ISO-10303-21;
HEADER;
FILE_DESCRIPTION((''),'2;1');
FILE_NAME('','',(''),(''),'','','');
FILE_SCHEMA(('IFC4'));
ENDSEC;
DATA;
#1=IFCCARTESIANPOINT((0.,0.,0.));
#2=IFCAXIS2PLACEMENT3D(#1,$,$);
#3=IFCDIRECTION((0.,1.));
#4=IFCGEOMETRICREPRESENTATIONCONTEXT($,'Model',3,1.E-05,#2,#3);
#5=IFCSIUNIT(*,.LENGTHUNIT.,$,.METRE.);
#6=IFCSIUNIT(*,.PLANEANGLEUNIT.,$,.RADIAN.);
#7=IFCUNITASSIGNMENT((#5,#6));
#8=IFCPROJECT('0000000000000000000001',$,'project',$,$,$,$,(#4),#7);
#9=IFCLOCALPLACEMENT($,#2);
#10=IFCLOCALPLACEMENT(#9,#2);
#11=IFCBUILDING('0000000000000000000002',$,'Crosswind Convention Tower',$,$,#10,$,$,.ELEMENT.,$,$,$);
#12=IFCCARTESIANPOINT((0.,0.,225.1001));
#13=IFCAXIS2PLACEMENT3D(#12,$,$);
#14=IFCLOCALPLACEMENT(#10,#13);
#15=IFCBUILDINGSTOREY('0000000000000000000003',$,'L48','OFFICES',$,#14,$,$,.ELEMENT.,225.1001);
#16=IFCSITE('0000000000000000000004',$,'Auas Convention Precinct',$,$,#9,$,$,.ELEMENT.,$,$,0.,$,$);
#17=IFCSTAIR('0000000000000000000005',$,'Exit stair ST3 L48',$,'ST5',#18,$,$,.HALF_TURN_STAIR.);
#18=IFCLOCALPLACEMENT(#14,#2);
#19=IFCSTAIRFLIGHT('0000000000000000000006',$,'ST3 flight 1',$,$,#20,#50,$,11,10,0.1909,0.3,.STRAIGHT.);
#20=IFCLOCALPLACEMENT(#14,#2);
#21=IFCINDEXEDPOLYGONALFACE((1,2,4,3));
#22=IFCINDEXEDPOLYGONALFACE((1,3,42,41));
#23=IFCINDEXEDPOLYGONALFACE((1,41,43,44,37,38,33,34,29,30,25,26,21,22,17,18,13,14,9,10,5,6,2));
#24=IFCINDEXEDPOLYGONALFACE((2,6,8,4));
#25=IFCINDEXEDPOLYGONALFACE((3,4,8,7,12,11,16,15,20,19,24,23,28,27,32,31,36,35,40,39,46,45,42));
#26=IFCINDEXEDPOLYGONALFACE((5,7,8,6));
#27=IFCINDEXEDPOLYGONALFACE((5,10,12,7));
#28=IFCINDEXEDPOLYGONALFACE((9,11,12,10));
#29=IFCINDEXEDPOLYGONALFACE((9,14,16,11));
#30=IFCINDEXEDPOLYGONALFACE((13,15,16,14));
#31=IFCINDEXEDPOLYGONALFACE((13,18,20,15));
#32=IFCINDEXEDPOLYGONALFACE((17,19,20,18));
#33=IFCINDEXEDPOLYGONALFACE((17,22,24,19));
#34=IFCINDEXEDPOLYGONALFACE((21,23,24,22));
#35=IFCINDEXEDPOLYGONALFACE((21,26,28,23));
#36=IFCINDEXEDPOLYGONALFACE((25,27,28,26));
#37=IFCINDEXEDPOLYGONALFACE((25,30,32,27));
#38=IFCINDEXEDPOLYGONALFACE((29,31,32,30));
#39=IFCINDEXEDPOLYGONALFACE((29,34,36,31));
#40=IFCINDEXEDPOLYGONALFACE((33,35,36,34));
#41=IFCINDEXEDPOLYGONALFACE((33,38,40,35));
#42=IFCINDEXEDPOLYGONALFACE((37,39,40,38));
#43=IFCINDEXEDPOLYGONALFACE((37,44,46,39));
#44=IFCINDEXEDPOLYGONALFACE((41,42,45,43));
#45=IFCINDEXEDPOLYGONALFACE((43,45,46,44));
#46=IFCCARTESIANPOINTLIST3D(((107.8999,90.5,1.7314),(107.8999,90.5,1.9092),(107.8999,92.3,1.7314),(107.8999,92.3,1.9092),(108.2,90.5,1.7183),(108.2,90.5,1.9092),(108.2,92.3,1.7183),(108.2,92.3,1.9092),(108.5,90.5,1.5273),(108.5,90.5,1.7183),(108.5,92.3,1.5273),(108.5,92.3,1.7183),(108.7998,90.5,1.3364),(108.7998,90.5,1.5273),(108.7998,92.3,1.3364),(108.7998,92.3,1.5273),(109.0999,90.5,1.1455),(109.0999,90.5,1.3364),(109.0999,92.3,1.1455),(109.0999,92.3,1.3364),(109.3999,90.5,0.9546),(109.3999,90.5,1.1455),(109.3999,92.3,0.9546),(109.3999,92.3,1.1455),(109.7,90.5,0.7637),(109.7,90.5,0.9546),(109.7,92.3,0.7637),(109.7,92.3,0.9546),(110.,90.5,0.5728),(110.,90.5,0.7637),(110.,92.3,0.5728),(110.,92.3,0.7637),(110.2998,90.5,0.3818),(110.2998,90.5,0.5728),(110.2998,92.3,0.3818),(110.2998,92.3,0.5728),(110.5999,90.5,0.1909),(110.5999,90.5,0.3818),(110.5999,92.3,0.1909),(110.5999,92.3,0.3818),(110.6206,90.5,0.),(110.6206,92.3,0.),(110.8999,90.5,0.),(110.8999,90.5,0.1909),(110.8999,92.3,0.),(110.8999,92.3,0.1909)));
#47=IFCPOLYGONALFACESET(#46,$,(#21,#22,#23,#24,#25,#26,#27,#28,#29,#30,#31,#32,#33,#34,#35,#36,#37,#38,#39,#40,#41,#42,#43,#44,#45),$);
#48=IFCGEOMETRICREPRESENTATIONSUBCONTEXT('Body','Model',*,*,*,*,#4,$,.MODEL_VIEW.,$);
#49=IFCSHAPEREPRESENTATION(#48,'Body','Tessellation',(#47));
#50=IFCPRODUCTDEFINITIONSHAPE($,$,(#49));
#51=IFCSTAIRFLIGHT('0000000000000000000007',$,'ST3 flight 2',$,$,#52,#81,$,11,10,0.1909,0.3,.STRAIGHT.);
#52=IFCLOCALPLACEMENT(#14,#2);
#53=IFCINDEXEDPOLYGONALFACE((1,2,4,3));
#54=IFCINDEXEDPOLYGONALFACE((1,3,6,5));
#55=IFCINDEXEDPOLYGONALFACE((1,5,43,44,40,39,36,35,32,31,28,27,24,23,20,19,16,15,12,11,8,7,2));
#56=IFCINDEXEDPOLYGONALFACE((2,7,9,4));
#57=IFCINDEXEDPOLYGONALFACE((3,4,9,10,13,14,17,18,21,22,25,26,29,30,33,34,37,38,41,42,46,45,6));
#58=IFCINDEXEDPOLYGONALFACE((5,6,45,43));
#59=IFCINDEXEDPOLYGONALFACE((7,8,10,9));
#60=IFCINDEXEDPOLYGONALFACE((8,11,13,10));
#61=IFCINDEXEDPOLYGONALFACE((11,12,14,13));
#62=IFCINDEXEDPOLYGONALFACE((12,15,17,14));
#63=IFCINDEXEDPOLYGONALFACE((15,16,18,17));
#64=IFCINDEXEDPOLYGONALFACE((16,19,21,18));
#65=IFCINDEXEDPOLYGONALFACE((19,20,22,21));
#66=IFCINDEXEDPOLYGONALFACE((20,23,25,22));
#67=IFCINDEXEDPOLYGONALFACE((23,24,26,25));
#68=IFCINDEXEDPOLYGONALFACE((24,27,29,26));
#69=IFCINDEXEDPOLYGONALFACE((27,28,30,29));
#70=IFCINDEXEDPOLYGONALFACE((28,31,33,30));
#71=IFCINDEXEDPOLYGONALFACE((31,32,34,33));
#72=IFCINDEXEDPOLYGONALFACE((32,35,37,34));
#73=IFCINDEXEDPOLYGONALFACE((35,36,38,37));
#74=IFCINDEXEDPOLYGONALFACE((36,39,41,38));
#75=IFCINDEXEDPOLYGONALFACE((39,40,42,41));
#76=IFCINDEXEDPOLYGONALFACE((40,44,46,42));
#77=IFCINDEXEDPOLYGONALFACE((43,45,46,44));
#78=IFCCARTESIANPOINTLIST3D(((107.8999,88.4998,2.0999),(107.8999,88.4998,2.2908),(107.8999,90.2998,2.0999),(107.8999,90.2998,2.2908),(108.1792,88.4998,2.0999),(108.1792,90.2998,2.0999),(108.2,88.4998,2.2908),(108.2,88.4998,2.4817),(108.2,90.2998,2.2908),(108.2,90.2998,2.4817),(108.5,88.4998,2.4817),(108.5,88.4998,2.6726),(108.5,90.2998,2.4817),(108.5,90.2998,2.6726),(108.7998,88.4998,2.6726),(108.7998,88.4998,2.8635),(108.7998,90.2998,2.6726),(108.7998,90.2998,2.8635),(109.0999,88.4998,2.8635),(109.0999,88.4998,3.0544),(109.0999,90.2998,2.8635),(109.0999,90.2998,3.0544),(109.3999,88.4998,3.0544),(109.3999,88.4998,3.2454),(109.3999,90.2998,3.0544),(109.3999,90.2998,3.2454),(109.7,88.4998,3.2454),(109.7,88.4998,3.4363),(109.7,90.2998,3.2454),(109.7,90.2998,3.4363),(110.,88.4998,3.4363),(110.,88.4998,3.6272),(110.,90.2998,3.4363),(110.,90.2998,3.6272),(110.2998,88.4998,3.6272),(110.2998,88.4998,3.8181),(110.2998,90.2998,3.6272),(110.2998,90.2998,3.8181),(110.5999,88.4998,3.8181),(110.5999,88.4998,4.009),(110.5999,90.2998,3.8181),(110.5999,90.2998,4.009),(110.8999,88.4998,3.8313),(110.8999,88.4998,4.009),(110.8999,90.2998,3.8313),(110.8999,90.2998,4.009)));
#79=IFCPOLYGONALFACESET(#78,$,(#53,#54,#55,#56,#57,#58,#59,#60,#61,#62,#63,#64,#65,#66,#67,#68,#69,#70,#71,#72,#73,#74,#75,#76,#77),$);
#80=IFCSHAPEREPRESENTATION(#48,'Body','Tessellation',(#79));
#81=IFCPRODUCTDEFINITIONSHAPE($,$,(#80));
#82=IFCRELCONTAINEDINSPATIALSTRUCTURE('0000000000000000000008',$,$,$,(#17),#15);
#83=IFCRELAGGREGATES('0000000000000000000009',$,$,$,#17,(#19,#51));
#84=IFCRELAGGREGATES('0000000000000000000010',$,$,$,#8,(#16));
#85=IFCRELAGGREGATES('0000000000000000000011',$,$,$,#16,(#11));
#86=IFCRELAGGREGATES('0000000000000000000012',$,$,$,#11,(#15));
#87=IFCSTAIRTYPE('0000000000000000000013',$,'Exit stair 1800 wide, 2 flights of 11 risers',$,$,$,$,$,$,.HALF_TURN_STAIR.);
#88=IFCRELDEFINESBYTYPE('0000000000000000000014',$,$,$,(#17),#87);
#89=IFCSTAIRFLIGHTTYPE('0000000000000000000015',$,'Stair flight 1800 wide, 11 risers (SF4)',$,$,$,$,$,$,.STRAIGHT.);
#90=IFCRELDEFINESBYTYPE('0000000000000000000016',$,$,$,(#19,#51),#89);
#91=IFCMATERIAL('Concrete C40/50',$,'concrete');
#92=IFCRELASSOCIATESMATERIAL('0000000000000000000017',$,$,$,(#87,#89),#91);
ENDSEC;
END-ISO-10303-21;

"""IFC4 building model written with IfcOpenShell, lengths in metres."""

from ifc_helpers import new_model, si_unit, direction, frame, origin, place, context, subcontext, project, spatial, polyline, outline, extrude, material, type_object, element, aggregate, save


model = new_model("IFC4")

# Units and contexts
model_context = context("Model", 3, precision=1e-05, world=origin(), true_north=direction((0.0, 1.0)))
body_context = subcontext(model_context, "Body", "Model", "MODEL_VIEW")
ifc_project = project(units=[si_unit("LENGTHUNIT", "METRE"), si_unit("PLANEANGLEUNIT", "RADIAN")], contexts=[model_context])

# Site, building, storey
site_placement = place(None, origin())
site = spatial("IfcSite", under=ifc_project, at=site_placement, Name="Auas Convention Precinct", CompositionType="ELEMENT", RefElevation=0.0)
building_placement = place(site_placement, origin())
building = spatial("IfcBuilding", under=site, at=building_placement, Name="Crosswind Convention Tower", CompositionType="ELEMENT")
storey_placement = place(building_placement, frame((0.0, 0.0, 225.1001)))
storey = spatial("IfcBuildingStorey", under=building, at=storey_placement, Name="L48", Description="OFFICES", CompositionType="ELEMENT", Elevation=225.1001)

# Shared definitions
ifc_material_1 = material(Name="Concrete C40/50", Category="concrete")

# Stair
stair_type = type_object("IfcStairType", Name="Exit stair 1800 wide, 2 flights of 11 risers", PredefinedType="HALF_TURN_STAIR", material=ifc_material_1)
stair_1_placement = place(storey_placement, origin())
stair_1 = element("IfcStair", 1, at=stair_1_placement, inside=storey, type_object=stair_type, Name="Exit stair ST3 L48", ObjectType="ST5", PredefinedType="HALF_TURN_STAIR")

# Stair flights
stair_flight_type = type_object("IfcStairFlightType", Name="Stair flight 1800 wide, 11 risers (SF4)", PredefinedType="STRAIGHT", material=ifc_material_1)
stair_flight_1_placement = place(storey_placement, frame((110.8999, 91.3999, 0.0), z_axis=(0.0, 0.0, 1.0), x_axis=(-1.0, 0.0, 0.0)))
stair_flight_1 = element("IfcStairFlight", 2, at=stair_flight_1_placement, type_object=stair_flight_type, Name="ST3 flight 1", NumberOfRisers=11, NumberOfTreads=10, PredefinedType="STRAIGHT", RiserHeight=0.1909, TreadLength=0.3, context=body_context, shape_type="SweptSolid", body=[
    extrude(outline(polyline([(0.0, 0.0), (0.0, 0.1909), (0.3, 0.1909), (0.3, 0.3818), (0.6001, 0.3818), (0.6001, 0.5728), (0.8999, 0.5728), (0.8999, 0.7637), (1.2, 0.7637), (1.2, 0.9546), (1.5, 0.9546), (1.5, 1.1455), (1.8, 1.1455), (1.8, 1.3364), (2.1001, 1.3364), (2.1001, 1.5273), (2.3999, 1.5273), (2.3999, 1.7183), (2.7, 1.7183), (2.7, 1.9092), (3.0, 1.9092), (3.0, 2.1001), (3.0, 1.7314), (0.2793, 0.0), (0.0, 0.0)])), frame((0.0, 0.8999, 0.0), z_axis=(0.0, -1.0, 0.0), x_axis=(1.0, 0.0, 0.0)), (0.0, 0.0, 1.0), 1.8),
])
stair_flight_2_placement = place(storey_placement, frame((107.8999, 89.3999, 2.0999), z_axis=(0.0, 0.0, 1.0), x_axis=(1.0, 0.0, 0.0)))
stair_flight_2 = element("IfcStairFlight", 3, at=stair_flight_2_placement, type_object=stair_flight_type, Name="ST3 flight 2", NumberOfRisers=11, NumberOfTreads=10, PredefinedType="STRAIGHT", RiserHeight=0.1909, TreadLength=0.3, context=body_context, shape_type="SweptSolid", body=[
    extrude(outline(polyline([(0.0, 0.0), (0.0, 0.1909), (0.3, 0.1909), (0.3, 0.3818), (0.6001, 0.3818), (0.6001, 0.5728), (0.8999, 0.5728), (0.8999, 0.7637), (1.2, 0.7637), (1.2, 0.9546), (1.5, 0.9546), (1.5, 1.1455), (1.8, 1.1455), (1.8, 1.3364), (2.1001, 1.3364), (2.1001, 1.5273), (2.3999, 1.5273), (2.3999, 1.7183), (2.7, 1.7183), (2.7, 1.9092), (3.0, 1.9092), (3.0, 2.1001), (3.0, 1.7314), (0.2793, 0.0), (0.0, 0.0)])), frame((0.0, 0.8999, 0.0), z_axis=(0.0, -1.0, 0.0), x_axis=(1.0, 0.0, 0.0)), (0.0, 0.0, 1.0), 1.8),
])
aggregate(stair_1, [stair_flight_1, stair_flight_2])

save(model, "model.ifc")
